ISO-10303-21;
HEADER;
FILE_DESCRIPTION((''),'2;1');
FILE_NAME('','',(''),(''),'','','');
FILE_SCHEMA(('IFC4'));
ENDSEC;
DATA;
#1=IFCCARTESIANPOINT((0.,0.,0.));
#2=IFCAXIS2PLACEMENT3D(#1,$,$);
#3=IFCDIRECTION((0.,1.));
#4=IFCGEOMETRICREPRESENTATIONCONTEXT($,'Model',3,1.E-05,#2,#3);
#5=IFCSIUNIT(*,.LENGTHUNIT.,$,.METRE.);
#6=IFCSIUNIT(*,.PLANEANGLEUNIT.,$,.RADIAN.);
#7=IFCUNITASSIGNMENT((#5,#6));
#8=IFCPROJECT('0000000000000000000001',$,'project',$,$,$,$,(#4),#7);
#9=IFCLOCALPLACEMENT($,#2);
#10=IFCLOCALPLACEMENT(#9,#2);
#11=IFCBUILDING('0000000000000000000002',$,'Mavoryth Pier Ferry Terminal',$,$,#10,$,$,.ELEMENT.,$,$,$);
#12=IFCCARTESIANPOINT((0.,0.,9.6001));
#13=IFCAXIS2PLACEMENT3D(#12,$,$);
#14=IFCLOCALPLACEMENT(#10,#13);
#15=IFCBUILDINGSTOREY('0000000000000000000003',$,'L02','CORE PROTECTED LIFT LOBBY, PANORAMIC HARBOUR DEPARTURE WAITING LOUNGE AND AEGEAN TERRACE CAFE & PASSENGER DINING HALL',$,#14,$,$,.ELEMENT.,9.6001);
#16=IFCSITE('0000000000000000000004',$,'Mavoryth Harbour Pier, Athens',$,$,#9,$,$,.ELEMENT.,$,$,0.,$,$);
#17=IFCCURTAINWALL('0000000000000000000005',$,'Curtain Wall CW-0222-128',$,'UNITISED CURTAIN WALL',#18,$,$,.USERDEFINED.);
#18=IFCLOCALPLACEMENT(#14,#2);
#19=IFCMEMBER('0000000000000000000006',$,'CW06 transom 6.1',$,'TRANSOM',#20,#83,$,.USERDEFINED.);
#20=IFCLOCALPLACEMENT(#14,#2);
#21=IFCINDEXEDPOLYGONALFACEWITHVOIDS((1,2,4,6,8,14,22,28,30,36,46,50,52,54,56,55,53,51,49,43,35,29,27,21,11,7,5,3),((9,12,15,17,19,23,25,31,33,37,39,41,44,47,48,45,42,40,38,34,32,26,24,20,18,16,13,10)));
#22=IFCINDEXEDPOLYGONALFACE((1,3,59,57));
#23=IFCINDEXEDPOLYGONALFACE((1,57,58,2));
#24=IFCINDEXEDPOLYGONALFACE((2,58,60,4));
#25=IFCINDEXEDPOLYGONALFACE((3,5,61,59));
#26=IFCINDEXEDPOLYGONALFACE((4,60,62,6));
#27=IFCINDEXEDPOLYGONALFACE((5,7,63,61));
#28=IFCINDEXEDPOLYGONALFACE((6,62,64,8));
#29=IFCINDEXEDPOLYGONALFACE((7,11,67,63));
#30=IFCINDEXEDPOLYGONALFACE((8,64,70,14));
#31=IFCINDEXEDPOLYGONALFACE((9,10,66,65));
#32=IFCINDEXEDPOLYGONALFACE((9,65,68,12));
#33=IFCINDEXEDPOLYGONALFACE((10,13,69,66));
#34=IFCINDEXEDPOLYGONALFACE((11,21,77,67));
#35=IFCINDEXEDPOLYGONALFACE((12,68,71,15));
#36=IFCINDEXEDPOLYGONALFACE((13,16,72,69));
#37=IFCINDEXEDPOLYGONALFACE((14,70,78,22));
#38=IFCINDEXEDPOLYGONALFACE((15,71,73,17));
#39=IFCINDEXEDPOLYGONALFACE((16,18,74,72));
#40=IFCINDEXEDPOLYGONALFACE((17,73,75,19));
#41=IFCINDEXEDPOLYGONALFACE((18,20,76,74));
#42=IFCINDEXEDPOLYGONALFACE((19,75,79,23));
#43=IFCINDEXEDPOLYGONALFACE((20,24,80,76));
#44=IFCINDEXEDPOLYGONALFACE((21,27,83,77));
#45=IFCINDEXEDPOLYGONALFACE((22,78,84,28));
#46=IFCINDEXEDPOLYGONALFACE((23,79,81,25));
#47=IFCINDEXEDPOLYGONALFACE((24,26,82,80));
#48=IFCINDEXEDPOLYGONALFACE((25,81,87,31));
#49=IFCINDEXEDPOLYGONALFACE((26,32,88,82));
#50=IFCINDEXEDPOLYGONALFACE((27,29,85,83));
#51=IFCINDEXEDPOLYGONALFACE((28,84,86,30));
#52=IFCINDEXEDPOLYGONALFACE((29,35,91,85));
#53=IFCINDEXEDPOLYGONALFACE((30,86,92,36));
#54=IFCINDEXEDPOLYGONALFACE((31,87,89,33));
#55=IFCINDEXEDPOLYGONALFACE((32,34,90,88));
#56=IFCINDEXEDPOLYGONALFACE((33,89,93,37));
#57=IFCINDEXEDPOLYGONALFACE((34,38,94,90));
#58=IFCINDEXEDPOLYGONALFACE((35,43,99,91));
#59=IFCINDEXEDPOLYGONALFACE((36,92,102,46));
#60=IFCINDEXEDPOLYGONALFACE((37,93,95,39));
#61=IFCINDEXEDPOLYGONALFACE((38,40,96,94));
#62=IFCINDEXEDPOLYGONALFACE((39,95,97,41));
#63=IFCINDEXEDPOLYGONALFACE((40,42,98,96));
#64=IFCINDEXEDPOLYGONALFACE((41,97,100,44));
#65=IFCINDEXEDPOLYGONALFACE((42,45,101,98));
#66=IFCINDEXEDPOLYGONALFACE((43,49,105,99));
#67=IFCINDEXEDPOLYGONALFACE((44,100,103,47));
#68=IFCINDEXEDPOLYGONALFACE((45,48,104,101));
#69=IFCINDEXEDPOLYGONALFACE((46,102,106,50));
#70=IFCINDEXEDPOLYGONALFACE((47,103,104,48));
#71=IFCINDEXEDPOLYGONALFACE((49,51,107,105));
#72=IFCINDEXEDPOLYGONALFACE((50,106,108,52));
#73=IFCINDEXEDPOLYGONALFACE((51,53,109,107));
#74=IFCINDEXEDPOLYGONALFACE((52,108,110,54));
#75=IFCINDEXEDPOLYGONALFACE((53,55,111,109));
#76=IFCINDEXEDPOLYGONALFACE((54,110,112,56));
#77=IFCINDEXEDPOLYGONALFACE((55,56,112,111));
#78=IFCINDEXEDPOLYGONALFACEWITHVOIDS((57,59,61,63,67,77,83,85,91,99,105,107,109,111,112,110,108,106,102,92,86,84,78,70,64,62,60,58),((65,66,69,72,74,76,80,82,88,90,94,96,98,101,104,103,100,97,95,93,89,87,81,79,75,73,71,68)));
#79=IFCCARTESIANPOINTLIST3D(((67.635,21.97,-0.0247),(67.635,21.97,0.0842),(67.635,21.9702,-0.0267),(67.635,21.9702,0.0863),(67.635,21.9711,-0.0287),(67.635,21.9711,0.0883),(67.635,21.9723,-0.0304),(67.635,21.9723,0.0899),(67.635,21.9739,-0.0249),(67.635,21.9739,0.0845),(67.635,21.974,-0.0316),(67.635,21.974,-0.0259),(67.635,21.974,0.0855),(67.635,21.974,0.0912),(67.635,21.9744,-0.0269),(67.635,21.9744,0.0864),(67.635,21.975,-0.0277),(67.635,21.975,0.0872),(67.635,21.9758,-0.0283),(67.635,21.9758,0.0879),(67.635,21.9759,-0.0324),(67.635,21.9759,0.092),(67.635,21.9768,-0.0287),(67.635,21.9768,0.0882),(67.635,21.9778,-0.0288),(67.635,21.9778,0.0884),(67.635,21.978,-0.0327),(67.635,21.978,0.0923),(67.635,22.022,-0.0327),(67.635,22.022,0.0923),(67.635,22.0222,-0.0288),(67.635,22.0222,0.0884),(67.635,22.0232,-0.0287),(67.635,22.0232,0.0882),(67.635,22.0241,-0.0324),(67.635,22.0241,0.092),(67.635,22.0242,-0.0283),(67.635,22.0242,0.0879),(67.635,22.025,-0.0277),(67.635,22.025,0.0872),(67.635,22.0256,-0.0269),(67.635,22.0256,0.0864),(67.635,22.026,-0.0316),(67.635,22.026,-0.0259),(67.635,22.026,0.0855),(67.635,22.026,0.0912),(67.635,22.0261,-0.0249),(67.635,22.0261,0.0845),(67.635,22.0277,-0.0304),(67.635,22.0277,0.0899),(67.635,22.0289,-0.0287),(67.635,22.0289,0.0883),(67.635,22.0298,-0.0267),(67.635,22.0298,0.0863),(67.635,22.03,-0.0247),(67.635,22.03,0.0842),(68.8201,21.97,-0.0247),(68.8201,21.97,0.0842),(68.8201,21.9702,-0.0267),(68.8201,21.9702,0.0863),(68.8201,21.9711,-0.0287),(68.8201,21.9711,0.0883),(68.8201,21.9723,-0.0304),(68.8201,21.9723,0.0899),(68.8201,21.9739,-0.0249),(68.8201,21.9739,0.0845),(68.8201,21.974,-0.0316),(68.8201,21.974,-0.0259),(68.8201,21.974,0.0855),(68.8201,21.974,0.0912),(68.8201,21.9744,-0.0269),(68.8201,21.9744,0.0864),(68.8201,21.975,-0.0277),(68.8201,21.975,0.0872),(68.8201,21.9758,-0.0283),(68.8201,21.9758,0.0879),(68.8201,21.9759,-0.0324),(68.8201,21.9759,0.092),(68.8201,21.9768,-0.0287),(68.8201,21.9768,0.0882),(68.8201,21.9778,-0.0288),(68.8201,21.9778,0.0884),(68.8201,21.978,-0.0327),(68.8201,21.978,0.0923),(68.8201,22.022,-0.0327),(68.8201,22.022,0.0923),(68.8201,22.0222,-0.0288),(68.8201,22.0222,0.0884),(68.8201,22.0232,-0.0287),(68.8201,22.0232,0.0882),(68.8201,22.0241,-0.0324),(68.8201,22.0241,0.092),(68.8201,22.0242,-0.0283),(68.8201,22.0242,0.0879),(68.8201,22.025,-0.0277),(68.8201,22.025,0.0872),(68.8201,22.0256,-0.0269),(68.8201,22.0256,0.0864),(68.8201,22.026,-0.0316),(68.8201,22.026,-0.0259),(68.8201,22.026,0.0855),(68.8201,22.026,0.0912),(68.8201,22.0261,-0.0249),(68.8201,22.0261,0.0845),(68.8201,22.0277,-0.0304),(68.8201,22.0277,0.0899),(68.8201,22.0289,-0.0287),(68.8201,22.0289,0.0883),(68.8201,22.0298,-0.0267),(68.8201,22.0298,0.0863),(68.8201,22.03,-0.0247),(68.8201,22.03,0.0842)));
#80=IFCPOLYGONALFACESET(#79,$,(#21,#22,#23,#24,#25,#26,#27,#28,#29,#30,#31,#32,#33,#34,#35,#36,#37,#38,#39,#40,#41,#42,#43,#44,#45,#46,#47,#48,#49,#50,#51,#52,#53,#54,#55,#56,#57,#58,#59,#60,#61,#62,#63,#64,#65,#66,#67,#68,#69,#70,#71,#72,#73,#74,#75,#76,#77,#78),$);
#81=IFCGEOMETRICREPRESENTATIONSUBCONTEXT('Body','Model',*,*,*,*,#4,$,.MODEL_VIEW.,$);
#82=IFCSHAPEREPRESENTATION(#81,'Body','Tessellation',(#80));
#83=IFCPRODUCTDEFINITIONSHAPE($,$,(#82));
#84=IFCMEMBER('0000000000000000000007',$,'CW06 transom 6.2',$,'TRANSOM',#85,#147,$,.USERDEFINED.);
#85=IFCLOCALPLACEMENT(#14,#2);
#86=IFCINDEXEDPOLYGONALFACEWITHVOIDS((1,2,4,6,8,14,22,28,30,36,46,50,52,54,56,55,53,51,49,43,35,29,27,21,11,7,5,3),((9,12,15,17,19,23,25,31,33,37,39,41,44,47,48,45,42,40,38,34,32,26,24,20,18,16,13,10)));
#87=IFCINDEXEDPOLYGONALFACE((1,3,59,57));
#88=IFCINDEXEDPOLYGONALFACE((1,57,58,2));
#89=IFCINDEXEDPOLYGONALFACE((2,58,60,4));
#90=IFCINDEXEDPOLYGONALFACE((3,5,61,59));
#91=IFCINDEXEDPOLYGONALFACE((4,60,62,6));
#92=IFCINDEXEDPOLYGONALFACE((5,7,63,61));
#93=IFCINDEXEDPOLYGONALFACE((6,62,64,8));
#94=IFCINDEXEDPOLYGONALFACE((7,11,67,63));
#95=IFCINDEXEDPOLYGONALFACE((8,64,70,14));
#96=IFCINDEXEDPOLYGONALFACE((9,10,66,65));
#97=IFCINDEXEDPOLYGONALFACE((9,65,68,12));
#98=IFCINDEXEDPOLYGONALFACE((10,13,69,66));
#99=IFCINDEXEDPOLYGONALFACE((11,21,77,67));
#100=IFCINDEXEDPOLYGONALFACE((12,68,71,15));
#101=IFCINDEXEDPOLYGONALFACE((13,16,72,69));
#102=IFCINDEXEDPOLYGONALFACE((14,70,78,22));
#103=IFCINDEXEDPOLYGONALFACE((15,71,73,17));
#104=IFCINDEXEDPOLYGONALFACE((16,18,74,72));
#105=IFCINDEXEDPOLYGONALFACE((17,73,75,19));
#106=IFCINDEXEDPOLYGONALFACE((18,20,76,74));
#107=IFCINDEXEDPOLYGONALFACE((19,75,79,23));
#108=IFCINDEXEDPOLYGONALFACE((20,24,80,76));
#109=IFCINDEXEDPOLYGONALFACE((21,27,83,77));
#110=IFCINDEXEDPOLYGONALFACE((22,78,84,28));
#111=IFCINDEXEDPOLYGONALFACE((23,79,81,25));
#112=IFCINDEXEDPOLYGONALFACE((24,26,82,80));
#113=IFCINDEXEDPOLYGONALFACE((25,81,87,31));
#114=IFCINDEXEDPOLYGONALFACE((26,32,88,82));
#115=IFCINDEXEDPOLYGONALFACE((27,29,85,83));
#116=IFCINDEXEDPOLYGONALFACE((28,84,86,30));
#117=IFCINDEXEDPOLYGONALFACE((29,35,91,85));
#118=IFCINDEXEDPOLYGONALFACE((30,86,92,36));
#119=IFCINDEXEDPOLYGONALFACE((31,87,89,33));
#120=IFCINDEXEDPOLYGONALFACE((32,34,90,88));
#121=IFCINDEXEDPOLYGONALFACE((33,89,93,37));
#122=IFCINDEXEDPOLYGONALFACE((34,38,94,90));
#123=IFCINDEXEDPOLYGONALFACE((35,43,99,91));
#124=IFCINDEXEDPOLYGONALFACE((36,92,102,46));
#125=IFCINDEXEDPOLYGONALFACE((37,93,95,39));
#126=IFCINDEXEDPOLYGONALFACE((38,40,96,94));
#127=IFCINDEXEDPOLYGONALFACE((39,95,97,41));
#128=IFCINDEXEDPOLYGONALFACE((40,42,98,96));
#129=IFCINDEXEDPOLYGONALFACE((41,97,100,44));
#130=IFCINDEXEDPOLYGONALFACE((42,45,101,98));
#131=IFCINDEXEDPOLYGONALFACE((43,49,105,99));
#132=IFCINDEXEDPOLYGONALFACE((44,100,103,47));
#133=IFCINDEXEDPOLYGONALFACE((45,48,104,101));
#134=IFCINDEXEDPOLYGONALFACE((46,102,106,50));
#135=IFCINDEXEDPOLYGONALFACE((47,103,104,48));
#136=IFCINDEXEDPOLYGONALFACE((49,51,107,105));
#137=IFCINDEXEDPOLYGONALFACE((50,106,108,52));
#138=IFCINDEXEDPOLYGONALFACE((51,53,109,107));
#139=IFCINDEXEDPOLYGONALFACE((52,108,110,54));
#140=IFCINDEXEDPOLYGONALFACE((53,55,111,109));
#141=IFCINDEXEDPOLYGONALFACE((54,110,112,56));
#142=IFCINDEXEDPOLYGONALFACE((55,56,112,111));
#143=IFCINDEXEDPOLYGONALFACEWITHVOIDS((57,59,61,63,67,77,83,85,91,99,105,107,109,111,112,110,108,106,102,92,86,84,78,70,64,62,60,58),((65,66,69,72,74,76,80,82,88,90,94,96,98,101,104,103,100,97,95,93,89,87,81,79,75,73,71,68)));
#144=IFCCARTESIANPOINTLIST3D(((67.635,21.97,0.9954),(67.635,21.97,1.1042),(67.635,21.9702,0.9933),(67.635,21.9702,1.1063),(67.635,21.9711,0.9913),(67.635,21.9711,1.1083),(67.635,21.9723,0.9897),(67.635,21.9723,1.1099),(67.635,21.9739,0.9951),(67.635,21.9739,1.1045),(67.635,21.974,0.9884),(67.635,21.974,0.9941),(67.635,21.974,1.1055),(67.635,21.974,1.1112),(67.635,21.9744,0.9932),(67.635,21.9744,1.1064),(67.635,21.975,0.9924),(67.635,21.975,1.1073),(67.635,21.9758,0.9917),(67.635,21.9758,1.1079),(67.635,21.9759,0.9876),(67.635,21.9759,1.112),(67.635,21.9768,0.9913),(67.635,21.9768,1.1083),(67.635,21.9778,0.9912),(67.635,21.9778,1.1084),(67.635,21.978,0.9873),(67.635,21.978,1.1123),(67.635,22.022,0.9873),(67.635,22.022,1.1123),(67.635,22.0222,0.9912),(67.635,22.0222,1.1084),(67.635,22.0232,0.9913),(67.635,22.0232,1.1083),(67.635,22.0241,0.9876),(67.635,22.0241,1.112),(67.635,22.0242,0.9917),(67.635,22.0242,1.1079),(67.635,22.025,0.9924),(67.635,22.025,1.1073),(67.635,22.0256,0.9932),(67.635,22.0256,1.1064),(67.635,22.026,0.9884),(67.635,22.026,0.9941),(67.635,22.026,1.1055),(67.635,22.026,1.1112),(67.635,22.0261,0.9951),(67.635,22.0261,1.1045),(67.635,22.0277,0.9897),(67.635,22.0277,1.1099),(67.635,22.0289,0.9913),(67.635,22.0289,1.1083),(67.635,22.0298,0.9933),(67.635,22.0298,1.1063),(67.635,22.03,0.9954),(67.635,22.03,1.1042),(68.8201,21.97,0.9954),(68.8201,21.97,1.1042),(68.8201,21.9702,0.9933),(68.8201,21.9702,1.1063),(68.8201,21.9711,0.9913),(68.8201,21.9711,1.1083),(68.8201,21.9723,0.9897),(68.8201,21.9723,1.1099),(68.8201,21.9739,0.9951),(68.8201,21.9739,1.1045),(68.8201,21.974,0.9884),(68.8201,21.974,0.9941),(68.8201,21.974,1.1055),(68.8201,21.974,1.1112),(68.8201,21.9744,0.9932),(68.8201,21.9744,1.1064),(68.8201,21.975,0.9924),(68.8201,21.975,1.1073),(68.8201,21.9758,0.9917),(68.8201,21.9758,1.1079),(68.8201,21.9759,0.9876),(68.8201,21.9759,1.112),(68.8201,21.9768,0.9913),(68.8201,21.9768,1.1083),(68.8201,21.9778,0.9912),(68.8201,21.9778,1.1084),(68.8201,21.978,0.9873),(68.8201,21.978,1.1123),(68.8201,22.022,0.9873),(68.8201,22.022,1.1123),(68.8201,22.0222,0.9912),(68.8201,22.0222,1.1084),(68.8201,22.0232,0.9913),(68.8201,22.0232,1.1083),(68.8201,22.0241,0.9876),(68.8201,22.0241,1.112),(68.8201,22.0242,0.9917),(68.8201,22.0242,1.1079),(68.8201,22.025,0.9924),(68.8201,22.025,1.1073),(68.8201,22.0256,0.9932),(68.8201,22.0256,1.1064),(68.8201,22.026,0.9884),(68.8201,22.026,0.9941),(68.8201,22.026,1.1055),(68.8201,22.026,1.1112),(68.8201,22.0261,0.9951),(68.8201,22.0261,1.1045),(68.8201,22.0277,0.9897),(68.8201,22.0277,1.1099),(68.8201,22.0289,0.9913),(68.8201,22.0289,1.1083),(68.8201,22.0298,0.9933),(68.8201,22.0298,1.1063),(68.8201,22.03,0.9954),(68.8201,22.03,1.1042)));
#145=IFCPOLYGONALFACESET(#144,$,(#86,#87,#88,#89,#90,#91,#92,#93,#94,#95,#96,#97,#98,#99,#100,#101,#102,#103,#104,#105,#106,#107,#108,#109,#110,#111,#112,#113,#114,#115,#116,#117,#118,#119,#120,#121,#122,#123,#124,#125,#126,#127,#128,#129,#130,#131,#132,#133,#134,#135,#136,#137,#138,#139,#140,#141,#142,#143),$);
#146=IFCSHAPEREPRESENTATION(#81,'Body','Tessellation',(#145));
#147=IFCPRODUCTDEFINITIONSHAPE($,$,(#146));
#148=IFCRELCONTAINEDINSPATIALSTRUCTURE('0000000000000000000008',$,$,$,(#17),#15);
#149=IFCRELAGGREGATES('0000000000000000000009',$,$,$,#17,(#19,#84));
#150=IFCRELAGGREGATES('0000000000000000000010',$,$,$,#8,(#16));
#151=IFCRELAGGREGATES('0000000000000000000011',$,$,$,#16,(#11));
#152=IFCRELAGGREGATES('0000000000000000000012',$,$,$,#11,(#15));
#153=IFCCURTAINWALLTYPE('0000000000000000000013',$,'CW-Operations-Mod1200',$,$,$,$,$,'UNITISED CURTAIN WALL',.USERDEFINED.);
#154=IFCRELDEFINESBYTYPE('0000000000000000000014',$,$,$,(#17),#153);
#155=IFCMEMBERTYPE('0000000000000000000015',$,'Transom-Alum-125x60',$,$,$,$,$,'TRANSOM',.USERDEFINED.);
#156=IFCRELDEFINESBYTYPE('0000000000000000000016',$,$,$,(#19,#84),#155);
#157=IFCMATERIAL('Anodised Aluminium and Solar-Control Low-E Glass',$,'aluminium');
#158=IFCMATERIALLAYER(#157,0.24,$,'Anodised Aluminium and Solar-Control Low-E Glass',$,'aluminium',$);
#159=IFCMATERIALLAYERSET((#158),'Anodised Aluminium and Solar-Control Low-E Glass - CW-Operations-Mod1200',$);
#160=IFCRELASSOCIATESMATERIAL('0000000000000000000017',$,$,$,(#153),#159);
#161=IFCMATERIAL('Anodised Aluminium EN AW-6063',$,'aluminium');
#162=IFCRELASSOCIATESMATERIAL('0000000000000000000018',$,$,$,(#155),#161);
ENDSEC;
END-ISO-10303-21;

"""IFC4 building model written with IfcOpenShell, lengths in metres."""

from ifc_helpers import new_model, si_unit, direction, frame, origin, origin_2d, place, context, subcontext, project, spatial, hollow_rectangle, extrude, material, layer, layer_set, material_profile, profile_set, type_object, element, aggregate, save


model = new_model("IFC4")

# Units and contexts
model_context = context("Model", 3, precision=1e-05, world=origin(), true_north=direction((0.0, 1.0)))
body_context = subcontext(model_context, "Body", "Model", "MODEL_VIEW")
ifc_project = project(units=[si_unit("LENGTHUNIT", "METRE"), si_unit("PLANEANGLEUNIT", "RADIAN")], contexts=[model_context])

# Site, building, storey
site_placement = place(None, origin())
site = spatial("IfcSite", under=ifc_project, at=site_placement, Name="Mavoryth Harbour Pier, Athens", CompositionType="ELEMENT", RefElevation=0.0)
building_placement = place(site_placement, origin())
building = spatial("IfcBuilding", under=site, at=building_placement, Name="Mavoryth Pier Ferry Terminal", CompositionType="ELEMENT")
storey_placement = place(building_placement, frame((0.0, 0.0, 9.6001)))
storey = spatial("IfcBuildingStorey", under=building, at=storey_placement, Name="L02", Description="CORE PROTECTED LIFT LOBBY, PANORAMIC HARBOUR DEPARTURE WAITING LOUNGE AND AEGEAN TERRACE CAFE & PASSENGER DINING HALL", CompositionType="ELEMENT", Elevation=9.6001)

# Shared definitions
ifc_material_1 = material(Name="Anodised Aluminium and Solar-Control Low-E Glass", Category="aluminium")
ifc_layer_1 = layer(ifc_material_1, 0.24, Name="Anodised Aluminium and Solar-Control Low-E Glass", Category="aluminium")
ifc_layer_set_1 = layer_set([ifc_layer_1], Name="Anodised Aluminium and Solar-Control Low-E Glass - CW-Operations-Mod1200")
curtain_wall_type = type_object("IfcCurtainWallType", Name="CW-Operations-Mod1200", ElementType="UNITISED CURTAIN WALL", PredefinedType="USERDEFINED", material=ifc_layer_set_1)
ifc_material_2 = material(Name="Anodised Aluminium EN AW-6063", Category="aluminium")

# Curtain wall
curtain_wall_1_placement = place(storey_placement, origin())
curtain_wall_1 = element("IfcCurtainWall", 1, at=curtain_wall_1_placement, inside=storey, type_object=curtain_wall_type, Name="Curtain Wall CW-0222-128", ObjectType="UNITISED CURTAIN WALL", PredefinedType="USERDEFINED")

# Members
ifc_material_profile_1 = material_profile(ifc_material_2, hollow_rectangle(XDim=0.0601, YDim=0.125, WallThickness=0.0039, InnerFilletRadius=0.0039, OuterFilletRadius=0.0081, at=origin_2d()), Name="AL-TRAN 125x60x4", Category="aluminium")
ifc_profile_set_1 = profile_set([ifc_material_profile_1], Name="Anodised Aluminium EN AW-6063 - AL-TRAN 125x60x4")
member_type_1 = type_object("IfcMemberType", Name="Transom-Alum-125x60", ElementType="TRANSOM", PredefinedType="USERDEFINED", material=ifc_profile_set_1)
member_1_placement = place(storey_placement, frame((68.8201, 22.0, 0.0298), z_axis=(-1.0, 0.0, 0.0), x_axis=(0.0, -1.0, 0.0)))
member_1 = element("IfcMember", 2, at=member_1_placement, type_object=member_type_1, Name="CW06 transom 6.1", ObjectType="TRANSOM", PredefinedType="USERDEFINED", context=body_context, shape_type="SweptSolid", body=[
    extrude(hollow_rectangle(XDim=0.0601, YDim=0.125, WallThickness=0.0039, InnerFilletRadius=0.0039, OuterFilletRadius=0.0081, at=origin_2d()), origin(), (0.0, 0.0, 1.0), 1.1851),
])
member_2_placement = place(storey_placement, frame((68.8201, 22.0, 1.0498), z_axis=(-1.0, 0.0, 0.0), x_axis=(0.0, -1.0, 0.0)))
member_2 = element("IfcMember", 3, at=member_2_placement, type_object=member_type_1, Name="CW06 transom 6.2", ObjectType="TRANSOM", PredefinedType="USERDEFINED", context=body_context, shape_type="SweptSolid", body=[
    extrude(hollow_rectangle(XDim=0.0601, YDim=0.125, WallThickness=0.0039, InnerFilletRadius=0.0039, OuterFilletRadius=0.0081, at=origin_2d()), origin(), (0.0, 0.0, 1.0), 1.1851),
])

aggregate(curtain_wall_1, [member_1, member_2])

save(model, "model.ifc")
